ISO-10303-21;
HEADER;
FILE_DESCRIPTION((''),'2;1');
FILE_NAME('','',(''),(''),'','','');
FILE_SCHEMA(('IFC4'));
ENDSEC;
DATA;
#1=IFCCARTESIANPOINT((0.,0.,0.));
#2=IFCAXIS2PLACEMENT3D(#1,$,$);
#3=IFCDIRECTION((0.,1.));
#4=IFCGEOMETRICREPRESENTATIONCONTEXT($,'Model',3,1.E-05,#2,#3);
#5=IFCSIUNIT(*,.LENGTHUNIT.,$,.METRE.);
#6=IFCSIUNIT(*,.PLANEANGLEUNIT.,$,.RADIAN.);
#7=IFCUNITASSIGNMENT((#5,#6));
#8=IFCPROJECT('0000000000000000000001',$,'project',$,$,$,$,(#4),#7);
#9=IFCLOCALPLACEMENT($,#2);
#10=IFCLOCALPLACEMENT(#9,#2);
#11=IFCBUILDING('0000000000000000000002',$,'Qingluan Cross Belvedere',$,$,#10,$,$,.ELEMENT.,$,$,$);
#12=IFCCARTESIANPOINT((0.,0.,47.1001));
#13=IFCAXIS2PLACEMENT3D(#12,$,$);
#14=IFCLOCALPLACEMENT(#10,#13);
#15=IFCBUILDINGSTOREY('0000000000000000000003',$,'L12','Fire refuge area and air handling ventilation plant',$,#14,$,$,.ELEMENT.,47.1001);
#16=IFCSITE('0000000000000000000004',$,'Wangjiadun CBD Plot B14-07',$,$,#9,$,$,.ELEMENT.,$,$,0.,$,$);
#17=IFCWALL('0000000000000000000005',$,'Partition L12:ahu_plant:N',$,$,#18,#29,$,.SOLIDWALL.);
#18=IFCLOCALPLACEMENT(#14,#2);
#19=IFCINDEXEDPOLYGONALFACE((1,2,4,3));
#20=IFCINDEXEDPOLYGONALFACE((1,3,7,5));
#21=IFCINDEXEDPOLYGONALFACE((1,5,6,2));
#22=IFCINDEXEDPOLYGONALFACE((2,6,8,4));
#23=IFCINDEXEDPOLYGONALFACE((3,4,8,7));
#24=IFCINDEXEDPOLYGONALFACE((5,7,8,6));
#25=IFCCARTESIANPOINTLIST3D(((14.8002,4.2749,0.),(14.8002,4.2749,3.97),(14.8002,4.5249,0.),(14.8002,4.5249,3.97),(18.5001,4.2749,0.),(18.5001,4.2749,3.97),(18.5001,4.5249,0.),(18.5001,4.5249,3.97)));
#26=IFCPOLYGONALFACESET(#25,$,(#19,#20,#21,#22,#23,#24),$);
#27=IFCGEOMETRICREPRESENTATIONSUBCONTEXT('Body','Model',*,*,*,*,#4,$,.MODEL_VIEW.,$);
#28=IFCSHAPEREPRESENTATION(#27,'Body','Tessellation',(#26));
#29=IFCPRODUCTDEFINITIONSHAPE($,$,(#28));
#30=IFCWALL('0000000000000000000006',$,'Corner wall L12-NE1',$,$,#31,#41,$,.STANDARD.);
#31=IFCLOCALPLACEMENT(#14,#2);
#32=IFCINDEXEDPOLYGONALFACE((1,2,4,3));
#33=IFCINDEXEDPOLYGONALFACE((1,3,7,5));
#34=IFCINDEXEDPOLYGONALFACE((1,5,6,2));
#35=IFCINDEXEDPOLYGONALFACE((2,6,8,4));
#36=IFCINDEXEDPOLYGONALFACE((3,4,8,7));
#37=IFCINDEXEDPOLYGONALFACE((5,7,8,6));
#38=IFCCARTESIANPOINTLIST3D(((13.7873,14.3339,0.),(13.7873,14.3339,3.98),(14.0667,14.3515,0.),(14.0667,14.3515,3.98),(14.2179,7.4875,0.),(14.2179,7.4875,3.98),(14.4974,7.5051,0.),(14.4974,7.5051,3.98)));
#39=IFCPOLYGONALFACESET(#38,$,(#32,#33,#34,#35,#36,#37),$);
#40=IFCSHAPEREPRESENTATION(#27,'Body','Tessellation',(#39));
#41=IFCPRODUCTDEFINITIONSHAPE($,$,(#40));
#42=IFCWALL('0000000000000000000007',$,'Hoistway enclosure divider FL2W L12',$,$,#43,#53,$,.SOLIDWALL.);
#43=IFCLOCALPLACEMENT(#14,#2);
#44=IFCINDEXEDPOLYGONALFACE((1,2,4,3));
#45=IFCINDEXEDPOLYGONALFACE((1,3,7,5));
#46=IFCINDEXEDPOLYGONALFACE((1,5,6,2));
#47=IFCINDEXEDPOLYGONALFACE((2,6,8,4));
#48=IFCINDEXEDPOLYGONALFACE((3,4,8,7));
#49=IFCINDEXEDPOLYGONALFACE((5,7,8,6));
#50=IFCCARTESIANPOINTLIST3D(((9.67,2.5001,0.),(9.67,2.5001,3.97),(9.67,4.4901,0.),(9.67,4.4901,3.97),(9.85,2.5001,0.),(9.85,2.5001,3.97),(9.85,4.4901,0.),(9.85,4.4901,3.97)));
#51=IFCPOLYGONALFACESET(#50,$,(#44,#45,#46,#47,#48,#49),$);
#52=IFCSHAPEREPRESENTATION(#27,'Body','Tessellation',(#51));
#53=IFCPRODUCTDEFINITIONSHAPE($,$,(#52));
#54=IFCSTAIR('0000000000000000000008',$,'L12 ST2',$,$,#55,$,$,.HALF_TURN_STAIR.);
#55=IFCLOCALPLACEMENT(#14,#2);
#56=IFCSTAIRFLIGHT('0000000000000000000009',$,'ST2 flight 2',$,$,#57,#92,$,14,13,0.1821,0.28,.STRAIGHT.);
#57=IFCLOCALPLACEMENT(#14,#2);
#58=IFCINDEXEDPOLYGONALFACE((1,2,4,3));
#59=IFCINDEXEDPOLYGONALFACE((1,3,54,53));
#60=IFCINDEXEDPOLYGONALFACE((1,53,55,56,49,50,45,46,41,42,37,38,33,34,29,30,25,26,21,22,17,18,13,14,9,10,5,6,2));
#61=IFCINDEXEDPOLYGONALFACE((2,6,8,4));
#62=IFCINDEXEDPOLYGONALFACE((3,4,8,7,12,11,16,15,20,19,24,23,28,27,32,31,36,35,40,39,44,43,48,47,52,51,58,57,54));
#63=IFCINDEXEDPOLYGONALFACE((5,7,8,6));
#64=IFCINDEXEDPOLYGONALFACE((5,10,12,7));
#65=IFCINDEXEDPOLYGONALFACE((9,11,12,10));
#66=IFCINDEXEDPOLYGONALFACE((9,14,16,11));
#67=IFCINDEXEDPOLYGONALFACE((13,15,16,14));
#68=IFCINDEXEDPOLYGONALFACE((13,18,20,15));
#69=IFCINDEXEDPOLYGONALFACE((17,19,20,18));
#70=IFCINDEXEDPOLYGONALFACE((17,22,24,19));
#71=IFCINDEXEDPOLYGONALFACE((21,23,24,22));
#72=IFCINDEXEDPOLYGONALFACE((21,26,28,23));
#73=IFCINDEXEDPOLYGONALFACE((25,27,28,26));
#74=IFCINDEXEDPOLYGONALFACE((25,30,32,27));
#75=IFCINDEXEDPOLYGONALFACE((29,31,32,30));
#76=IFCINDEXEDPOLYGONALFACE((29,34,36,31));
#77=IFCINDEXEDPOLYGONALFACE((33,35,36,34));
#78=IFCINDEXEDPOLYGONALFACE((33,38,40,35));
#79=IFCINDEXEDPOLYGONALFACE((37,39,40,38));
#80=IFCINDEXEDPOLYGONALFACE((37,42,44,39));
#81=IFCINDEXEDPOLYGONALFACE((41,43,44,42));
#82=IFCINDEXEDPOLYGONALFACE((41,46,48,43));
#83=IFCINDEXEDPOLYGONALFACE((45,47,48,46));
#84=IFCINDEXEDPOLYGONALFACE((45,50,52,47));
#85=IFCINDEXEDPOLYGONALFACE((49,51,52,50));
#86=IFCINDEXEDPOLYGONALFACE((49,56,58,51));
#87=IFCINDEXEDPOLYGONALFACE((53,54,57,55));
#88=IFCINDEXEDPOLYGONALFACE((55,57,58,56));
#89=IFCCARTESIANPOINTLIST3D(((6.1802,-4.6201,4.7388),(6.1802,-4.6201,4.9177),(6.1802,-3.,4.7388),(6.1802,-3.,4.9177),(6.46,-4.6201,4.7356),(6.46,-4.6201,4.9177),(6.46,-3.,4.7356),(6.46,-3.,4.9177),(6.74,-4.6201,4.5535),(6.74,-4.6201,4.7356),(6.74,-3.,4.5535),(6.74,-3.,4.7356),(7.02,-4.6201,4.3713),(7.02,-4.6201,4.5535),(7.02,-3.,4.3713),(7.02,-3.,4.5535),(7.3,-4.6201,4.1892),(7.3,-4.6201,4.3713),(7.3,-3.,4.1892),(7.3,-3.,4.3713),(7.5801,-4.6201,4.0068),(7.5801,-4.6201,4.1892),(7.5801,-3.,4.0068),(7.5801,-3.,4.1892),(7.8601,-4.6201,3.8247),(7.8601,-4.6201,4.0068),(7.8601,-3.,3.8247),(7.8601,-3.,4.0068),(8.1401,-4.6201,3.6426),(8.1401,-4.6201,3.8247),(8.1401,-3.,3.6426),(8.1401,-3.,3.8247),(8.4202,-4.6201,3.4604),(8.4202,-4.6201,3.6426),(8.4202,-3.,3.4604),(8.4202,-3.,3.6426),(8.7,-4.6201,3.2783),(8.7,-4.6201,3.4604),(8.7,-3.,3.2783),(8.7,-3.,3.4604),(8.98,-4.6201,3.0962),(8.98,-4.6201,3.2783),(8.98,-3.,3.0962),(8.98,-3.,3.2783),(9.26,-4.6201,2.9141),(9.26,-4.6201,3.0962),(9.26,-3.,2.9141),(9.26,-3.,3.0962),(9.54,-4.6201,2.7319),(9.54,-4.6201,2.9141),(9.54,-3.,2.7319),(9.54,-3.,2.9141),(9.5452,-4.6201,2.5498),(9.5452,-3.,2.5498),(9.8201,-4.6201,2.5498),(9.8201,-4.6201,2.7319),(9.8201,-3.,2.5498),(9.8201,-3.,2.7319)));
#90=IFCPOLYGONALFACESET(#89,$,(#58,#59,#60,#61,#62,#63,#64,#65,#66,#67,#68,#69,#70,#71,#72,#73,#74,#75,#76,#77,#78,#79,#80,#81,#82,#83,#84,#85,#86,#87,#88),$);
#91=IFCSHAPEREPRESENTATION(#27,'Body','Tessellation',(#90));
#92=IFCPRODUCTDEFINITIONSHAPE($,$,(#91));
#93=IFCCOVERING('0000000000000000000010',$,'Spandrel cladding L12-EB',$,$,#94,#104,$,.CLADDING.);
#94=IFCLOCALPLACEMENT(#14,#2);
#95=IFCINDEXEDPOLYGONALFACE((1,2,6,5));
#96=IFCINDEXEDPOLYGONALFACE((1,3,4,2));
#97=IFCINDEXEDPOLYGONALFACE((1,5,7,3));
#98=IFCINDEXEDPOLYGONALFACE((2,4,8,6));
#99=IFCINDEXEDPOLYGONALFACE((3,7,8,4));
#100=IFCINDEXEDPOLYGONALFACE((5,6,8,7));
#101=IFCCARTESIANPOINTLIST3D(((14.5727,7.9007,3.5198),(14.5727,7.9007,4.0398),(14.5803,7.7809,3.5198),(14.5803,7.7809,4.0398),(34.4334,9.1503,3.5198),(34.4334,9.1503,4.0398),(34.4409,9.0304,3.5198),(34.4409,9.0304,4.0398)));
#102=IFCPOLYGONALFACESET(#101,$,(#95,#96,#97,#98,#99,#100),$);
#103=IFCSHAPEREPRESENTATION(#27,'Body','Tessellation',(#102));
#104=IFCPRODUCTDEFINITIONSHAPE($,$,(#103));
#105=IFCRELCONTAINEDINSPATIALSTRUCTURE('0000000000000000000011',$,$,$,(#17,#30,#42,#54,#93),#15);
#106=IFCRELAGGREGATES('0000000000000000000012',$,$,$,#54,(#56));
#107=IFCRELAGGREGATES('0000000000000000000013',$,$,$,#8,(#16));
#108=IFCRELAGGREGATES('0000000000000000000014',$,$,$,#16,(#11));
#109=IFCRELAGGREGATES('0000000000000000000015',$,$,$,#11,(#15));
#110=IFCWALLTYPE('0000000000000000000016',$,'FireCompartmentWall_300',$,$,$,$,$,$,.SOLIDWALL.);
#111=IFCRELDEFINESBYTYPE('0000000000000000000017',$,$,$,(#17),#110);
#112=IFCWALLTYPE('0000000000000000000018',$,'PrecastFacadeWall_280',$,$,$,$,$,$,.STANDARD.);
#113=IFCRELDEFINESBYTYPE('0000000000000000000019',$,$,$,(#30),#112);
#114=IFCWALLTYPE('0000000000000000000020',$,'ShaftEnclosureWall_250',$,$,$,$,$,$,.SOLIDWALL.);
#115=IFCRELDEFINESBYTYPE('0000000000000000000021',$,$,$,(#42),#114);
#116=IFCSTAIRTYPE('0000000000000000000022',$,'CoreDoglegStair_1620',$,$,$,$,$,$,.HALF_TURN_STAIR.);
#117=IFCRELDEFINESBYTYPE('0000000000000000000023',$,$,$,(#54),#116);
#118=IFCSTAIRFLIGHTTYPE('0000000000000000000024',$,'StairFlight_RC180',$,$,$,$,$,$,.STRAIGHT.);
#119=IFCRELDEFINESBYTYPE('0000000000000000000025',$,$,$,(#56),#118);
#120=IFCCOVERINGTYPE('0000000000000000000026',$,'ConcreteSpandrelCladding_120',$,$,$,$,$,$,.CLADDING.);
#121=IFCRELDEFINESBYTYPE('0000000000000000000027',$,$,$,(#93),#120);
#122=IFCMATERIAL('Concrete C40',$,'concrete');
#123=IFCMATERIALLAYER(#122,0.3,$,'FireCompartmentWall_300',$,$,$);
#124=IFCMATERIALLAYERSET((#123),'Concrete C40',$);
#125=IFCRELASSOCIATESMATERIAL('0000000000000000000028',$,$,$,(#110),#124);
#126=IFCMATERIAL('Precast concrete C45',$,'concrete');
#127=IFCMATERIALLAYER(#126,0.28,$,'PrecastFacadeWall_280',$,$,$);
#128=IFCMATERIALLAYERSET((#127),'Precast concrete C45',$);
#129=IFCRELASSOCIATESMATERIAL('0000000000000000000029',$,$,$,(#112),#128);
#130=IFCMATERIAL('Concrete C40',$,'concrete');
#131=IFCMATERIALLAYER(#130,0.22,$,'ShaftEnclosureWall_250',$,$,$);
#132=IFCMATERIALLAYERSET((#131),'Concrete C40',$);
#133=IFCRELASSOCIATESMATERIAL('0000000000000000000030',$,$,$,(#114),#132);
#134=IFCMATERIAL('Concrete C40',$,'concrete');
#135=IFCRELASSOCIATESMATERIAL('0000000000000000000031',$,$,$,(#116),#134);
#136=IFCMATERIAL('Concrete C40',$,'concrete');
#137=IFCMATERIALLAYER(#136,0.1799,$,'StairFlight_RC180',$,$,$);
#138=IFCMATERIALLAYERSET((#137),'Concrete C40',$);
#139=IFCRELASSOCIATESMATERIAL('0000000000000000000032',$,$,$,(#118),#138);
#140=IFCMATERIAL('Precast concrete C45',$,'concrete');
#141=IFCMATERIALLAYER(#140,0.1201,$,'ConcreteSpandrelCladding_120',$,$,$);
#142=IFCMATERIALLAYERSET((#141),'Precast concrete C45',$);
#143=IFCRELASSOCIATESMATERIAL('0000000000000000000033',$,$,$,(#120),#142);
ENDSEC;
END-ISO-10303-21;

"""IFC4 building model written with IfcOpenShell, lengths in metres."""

from ifc_helpers import new_model, si_unit, direction, frame, frame_2d, origin, origin_2d, place, context, subcontext, project, spatial, polyline, rectangle, outline, extrude, material, layer, layer_set, type_object, element, aggregate, save


model = new_model("IFC4")

# Units and contexts
model_context = context("Model", 3, precision=1e-05, world=origin(), true_north=direction((0.0, 1.0)))
body_context = subcontext(model_context, "Body", "Model", "MODEL_VIEW")
ifc_project = project(units=[si_unit("LENGTHUNIT", "METRE"), si_unit("PLANEANGLEUNIT", "RADIAN")], contexts=[model_context])

# Site, building, storey
site_placement = place(None, origin())
site = spatial("IfcSite", under=ifc_project, at=site_placement, Name="Wangjiadun CBD Plot B14-07", CompositionType="ELEMENT", RefElevation=0.0)
building_placement = place(site_placement, origin())
building = spatial("IfcBuilding", under=site, at=building_placement, Name="Qingluan Cross Belvedere", CompositionType="ELEMENT")
storey_placement = place(building_placement, frame((0.0, 0.0, 47.1001)))
storey = spatial("IfcBuildingStorey", under=building, at=storey_placement, Name="L12", Description="Fire refuge area and air handling ventilation plant", CompositionType="ELEMENT", Elevation=47.1001)

# Walls
ifc_material_1 = material(Name="Concrete C40", Category="concrete")
ifc_layer_1 = layer(ifc_material_1, 0.3, Name="FireCompartmentWall_300")
ifc_layer_set_1 = layer_set([ifc_layer_1], Name="Concrete C40")
wall_type_1 = type_object("IfcWallType", Name="FireCompartmentWall_300", PredefinedType="SOLIDWALL", material=ifc_layer_set_1)
wall_1_placement = place(storey_placement, frame((14.8, 4.3999, 0.0), z_axis=(0.0, 0.0, 1.0), x_axis=(1.0, 0.0, 0.0)))
element("IfcWall", 1, at=wall_1_placement, inside=storey, type_object=wall_type_1, Name="Partition L12:ahu_plant:N", PredefinedType="SOLIDWALL", context=body_context, shape_type="SweptSolid", body=[
    extrude(rectangle(XDim=3.7, YDim=0.25, at=frame_2d((1.8501, 0.0))), origin(), (0.0, 0.0, 1.0), 3.97),
])
ifc_material_2 = material(Name="Precast concrete C45", Category="concrete")
ifc_layer_2 = layer(ifc_material_2, 0.28, Name="PrecastFacadeWall_280")
ifc_layer_set_2 = layer_set([ifc_layer_2], Name="Precast concrete C45")
wall_type_2 = type_object("IfcWallType", Name="PrecastFacadeWall_280", PredefinedType="STANDARD", material=ifc_layer_set_2)
wall_2_placement = place(storey_placement, frame((14.3577, 7.4963, 0.0), z_axis=(0.0, 0.0, 1.0), x_axis=(-0.062779, 0.998027, 0.0)))
element("IfcWall", 2, at=wall_2_placement, inside=storey, type_object=wall_type_2, Name="Corner wall L12-NE1", PredefinedType="STANDARD", context=body_context, shape_type="SweptSolid", body=[
    extrude(rectangle(XDim=6.8599, YDim=0.28, at=frame_2d((3.4299, 0.0))), origin(), (0.0, 0.0, 1.0), 3.98),
])
ifc_material_3 = material(Name="Concrete C40", Category="concrete")
ifc_layer_3 = layer(ifc_material_3, 0.22, Name="ShaftEnclosureWall_250")
ifc_layer_set_3 = layer_set([ifc_layer_3], Name="Concrete C40")
wall_type_3 = type_object("IfcWallType", Name="ShaftEnclosureWall_250", PredefinedType="SOLIDWALL", material=ifc_layer_set_3)
wall_3_placement = place(storey_placement, frame((9.76, 2.5, 0.0), z_axis=(0.0, 0.0, 1.0), x_axis=(0.0, 1.0, 0.0)))
element("IfcWall", 3, at=wall_3_placement, inside=storey, type_object=wall_type_3, Name="Hoistway enclosure divider FL2W L12", PredefinedType="SOLIDWALL", context=body_context, shape_type="SweptSolid", body=[
    extrude(rectangle(XDim=1.99, YDim=0.1799, at=frame_2d((0.9951, 0.0))), origin(), (0.0, 0.0, 1.0), 3.97),
])

# Stair, stair flight
ifc_material_4 = material(Name="Concrete C40", Category="concrete")
stair_type = type_object("IfcStairType", Name="CoreDoglegStair_1620", PredefinedType="HALF_TURN_STAIR", material=ifc_material_4)
stair_placement = place(storey_placement, origin())
stair = element("IfcStair", 4, at=stair_placement, inside=storey, type_object=stair_type, Name="L12 ST2", PredefinedType="HALF_TURN_STAIR")
ifc_material_5 = material(Name="Concrete C40", Category="concrete")
ifc_layer_4 = layer(ifc_material_5, 0.1799, Name="StairFlight_RC180")
ifc_layer_set_4 = layer_set([ifc_layer_4], Name="Concrete C40")
stair_flight_type = type_object("IfcStairFlightType", Name="StairFlight_RC180", PredefinedType="STRAIGHT", material=ifc_layer_set_4)
stair_flight_placement = place(storey_placement, frame((9.8201, -3.8101, 2.5498), z_axis=(0.0, 0.0, 1.0), x_axis=(-1.0, 0.0, 0.0)))
stair_flight = element("IfcStairFlight", 5, at=stair_flight_placement, type_object=stair_flight_type, Name="ST2 flight 2", NumberOfRisers=14, NumberOfTreads=13, PredefinedType="STRAIGHT", RiserHeight=0.1821, TreadLength=0.28, context=body_context, shape_type="SweptSolid", body=[
    extrude(outline(polyline([(0.0, 0.0), (0.0, 0.1821), (0.28, 0.1821), (0.28, 0.3643), (0.5601, 0.3643), (0.5601, 0.5464), (0.8401, 0.5464), (0.8401, 0.7285), (1.1201, 0.7285), (1.1201, 0.9106), (1.3999, 0.9106), (1.3999, 1.0928), (1.6799, 1.0928), (1.6799, 1.2749), (1.96, 1.2749), (1.96, 1.457), (2.24, 1.457), (2.24, 1.6394), (2.52, 1.6394), (2.52, 1.8215), (2.8, 1.8215), (2.8, 2.0037), (3.0801, 2.0037), (3.0801, 2.1858), (3.3601, 2.1858), (3.3601, 2.3679), (3.6399, 2.3679), (3.6399, 2.55), (3.6399, 2.189), (0.2749, 0.0), (0.0, 0.0)])), frame((0.0, 0.8101, 0.0), z_axis=(0.0, -1.0, 0.0), x_axis=(1.0, 0.0, 0.0)), (0.0, 0.0, 1.0), 1.6201),
])
aggregate(stair, [stair_flight])

# Covering
ifc_material_6 = material(Name="Precast concrete C45", Category="concrete")
ifc_layer_5 = layer(ifc_material_6, 0.1201, Name="ConcreteSpandrelCladding_120")
ifc_layer_set_5 = layer_set([ifc_layer_5], Name="Precast concrete C45")
covering_type = type_object("IfcCoveringType", Name="ConcreteSpandrelCladding_120", PredefinedType="CLADDING", material=ifc_layer_set_5)
covering_placement = place(storey_placement, frame((24.5068, 8.4656, 3.5198), z_axis=(0.0, 0.0, 1.0), x_axis=(-0.998027, -0.062791, 0.0)))
element("IfcCovering", 6, at=covering_placement, inside=storey, type_object=covering_type, Name="Spandrel cladding L12-EB", PredefinedType="CLADDING", context=body_context, shape_type="SweptSolid", body=[
    extrude(rectangle(XDim=19.8999, YDim=0.1201, at=origin_2d()), origin(), (0.0, 0.0, 1.0), 0.52),
])

save(model, "model.ifc")
